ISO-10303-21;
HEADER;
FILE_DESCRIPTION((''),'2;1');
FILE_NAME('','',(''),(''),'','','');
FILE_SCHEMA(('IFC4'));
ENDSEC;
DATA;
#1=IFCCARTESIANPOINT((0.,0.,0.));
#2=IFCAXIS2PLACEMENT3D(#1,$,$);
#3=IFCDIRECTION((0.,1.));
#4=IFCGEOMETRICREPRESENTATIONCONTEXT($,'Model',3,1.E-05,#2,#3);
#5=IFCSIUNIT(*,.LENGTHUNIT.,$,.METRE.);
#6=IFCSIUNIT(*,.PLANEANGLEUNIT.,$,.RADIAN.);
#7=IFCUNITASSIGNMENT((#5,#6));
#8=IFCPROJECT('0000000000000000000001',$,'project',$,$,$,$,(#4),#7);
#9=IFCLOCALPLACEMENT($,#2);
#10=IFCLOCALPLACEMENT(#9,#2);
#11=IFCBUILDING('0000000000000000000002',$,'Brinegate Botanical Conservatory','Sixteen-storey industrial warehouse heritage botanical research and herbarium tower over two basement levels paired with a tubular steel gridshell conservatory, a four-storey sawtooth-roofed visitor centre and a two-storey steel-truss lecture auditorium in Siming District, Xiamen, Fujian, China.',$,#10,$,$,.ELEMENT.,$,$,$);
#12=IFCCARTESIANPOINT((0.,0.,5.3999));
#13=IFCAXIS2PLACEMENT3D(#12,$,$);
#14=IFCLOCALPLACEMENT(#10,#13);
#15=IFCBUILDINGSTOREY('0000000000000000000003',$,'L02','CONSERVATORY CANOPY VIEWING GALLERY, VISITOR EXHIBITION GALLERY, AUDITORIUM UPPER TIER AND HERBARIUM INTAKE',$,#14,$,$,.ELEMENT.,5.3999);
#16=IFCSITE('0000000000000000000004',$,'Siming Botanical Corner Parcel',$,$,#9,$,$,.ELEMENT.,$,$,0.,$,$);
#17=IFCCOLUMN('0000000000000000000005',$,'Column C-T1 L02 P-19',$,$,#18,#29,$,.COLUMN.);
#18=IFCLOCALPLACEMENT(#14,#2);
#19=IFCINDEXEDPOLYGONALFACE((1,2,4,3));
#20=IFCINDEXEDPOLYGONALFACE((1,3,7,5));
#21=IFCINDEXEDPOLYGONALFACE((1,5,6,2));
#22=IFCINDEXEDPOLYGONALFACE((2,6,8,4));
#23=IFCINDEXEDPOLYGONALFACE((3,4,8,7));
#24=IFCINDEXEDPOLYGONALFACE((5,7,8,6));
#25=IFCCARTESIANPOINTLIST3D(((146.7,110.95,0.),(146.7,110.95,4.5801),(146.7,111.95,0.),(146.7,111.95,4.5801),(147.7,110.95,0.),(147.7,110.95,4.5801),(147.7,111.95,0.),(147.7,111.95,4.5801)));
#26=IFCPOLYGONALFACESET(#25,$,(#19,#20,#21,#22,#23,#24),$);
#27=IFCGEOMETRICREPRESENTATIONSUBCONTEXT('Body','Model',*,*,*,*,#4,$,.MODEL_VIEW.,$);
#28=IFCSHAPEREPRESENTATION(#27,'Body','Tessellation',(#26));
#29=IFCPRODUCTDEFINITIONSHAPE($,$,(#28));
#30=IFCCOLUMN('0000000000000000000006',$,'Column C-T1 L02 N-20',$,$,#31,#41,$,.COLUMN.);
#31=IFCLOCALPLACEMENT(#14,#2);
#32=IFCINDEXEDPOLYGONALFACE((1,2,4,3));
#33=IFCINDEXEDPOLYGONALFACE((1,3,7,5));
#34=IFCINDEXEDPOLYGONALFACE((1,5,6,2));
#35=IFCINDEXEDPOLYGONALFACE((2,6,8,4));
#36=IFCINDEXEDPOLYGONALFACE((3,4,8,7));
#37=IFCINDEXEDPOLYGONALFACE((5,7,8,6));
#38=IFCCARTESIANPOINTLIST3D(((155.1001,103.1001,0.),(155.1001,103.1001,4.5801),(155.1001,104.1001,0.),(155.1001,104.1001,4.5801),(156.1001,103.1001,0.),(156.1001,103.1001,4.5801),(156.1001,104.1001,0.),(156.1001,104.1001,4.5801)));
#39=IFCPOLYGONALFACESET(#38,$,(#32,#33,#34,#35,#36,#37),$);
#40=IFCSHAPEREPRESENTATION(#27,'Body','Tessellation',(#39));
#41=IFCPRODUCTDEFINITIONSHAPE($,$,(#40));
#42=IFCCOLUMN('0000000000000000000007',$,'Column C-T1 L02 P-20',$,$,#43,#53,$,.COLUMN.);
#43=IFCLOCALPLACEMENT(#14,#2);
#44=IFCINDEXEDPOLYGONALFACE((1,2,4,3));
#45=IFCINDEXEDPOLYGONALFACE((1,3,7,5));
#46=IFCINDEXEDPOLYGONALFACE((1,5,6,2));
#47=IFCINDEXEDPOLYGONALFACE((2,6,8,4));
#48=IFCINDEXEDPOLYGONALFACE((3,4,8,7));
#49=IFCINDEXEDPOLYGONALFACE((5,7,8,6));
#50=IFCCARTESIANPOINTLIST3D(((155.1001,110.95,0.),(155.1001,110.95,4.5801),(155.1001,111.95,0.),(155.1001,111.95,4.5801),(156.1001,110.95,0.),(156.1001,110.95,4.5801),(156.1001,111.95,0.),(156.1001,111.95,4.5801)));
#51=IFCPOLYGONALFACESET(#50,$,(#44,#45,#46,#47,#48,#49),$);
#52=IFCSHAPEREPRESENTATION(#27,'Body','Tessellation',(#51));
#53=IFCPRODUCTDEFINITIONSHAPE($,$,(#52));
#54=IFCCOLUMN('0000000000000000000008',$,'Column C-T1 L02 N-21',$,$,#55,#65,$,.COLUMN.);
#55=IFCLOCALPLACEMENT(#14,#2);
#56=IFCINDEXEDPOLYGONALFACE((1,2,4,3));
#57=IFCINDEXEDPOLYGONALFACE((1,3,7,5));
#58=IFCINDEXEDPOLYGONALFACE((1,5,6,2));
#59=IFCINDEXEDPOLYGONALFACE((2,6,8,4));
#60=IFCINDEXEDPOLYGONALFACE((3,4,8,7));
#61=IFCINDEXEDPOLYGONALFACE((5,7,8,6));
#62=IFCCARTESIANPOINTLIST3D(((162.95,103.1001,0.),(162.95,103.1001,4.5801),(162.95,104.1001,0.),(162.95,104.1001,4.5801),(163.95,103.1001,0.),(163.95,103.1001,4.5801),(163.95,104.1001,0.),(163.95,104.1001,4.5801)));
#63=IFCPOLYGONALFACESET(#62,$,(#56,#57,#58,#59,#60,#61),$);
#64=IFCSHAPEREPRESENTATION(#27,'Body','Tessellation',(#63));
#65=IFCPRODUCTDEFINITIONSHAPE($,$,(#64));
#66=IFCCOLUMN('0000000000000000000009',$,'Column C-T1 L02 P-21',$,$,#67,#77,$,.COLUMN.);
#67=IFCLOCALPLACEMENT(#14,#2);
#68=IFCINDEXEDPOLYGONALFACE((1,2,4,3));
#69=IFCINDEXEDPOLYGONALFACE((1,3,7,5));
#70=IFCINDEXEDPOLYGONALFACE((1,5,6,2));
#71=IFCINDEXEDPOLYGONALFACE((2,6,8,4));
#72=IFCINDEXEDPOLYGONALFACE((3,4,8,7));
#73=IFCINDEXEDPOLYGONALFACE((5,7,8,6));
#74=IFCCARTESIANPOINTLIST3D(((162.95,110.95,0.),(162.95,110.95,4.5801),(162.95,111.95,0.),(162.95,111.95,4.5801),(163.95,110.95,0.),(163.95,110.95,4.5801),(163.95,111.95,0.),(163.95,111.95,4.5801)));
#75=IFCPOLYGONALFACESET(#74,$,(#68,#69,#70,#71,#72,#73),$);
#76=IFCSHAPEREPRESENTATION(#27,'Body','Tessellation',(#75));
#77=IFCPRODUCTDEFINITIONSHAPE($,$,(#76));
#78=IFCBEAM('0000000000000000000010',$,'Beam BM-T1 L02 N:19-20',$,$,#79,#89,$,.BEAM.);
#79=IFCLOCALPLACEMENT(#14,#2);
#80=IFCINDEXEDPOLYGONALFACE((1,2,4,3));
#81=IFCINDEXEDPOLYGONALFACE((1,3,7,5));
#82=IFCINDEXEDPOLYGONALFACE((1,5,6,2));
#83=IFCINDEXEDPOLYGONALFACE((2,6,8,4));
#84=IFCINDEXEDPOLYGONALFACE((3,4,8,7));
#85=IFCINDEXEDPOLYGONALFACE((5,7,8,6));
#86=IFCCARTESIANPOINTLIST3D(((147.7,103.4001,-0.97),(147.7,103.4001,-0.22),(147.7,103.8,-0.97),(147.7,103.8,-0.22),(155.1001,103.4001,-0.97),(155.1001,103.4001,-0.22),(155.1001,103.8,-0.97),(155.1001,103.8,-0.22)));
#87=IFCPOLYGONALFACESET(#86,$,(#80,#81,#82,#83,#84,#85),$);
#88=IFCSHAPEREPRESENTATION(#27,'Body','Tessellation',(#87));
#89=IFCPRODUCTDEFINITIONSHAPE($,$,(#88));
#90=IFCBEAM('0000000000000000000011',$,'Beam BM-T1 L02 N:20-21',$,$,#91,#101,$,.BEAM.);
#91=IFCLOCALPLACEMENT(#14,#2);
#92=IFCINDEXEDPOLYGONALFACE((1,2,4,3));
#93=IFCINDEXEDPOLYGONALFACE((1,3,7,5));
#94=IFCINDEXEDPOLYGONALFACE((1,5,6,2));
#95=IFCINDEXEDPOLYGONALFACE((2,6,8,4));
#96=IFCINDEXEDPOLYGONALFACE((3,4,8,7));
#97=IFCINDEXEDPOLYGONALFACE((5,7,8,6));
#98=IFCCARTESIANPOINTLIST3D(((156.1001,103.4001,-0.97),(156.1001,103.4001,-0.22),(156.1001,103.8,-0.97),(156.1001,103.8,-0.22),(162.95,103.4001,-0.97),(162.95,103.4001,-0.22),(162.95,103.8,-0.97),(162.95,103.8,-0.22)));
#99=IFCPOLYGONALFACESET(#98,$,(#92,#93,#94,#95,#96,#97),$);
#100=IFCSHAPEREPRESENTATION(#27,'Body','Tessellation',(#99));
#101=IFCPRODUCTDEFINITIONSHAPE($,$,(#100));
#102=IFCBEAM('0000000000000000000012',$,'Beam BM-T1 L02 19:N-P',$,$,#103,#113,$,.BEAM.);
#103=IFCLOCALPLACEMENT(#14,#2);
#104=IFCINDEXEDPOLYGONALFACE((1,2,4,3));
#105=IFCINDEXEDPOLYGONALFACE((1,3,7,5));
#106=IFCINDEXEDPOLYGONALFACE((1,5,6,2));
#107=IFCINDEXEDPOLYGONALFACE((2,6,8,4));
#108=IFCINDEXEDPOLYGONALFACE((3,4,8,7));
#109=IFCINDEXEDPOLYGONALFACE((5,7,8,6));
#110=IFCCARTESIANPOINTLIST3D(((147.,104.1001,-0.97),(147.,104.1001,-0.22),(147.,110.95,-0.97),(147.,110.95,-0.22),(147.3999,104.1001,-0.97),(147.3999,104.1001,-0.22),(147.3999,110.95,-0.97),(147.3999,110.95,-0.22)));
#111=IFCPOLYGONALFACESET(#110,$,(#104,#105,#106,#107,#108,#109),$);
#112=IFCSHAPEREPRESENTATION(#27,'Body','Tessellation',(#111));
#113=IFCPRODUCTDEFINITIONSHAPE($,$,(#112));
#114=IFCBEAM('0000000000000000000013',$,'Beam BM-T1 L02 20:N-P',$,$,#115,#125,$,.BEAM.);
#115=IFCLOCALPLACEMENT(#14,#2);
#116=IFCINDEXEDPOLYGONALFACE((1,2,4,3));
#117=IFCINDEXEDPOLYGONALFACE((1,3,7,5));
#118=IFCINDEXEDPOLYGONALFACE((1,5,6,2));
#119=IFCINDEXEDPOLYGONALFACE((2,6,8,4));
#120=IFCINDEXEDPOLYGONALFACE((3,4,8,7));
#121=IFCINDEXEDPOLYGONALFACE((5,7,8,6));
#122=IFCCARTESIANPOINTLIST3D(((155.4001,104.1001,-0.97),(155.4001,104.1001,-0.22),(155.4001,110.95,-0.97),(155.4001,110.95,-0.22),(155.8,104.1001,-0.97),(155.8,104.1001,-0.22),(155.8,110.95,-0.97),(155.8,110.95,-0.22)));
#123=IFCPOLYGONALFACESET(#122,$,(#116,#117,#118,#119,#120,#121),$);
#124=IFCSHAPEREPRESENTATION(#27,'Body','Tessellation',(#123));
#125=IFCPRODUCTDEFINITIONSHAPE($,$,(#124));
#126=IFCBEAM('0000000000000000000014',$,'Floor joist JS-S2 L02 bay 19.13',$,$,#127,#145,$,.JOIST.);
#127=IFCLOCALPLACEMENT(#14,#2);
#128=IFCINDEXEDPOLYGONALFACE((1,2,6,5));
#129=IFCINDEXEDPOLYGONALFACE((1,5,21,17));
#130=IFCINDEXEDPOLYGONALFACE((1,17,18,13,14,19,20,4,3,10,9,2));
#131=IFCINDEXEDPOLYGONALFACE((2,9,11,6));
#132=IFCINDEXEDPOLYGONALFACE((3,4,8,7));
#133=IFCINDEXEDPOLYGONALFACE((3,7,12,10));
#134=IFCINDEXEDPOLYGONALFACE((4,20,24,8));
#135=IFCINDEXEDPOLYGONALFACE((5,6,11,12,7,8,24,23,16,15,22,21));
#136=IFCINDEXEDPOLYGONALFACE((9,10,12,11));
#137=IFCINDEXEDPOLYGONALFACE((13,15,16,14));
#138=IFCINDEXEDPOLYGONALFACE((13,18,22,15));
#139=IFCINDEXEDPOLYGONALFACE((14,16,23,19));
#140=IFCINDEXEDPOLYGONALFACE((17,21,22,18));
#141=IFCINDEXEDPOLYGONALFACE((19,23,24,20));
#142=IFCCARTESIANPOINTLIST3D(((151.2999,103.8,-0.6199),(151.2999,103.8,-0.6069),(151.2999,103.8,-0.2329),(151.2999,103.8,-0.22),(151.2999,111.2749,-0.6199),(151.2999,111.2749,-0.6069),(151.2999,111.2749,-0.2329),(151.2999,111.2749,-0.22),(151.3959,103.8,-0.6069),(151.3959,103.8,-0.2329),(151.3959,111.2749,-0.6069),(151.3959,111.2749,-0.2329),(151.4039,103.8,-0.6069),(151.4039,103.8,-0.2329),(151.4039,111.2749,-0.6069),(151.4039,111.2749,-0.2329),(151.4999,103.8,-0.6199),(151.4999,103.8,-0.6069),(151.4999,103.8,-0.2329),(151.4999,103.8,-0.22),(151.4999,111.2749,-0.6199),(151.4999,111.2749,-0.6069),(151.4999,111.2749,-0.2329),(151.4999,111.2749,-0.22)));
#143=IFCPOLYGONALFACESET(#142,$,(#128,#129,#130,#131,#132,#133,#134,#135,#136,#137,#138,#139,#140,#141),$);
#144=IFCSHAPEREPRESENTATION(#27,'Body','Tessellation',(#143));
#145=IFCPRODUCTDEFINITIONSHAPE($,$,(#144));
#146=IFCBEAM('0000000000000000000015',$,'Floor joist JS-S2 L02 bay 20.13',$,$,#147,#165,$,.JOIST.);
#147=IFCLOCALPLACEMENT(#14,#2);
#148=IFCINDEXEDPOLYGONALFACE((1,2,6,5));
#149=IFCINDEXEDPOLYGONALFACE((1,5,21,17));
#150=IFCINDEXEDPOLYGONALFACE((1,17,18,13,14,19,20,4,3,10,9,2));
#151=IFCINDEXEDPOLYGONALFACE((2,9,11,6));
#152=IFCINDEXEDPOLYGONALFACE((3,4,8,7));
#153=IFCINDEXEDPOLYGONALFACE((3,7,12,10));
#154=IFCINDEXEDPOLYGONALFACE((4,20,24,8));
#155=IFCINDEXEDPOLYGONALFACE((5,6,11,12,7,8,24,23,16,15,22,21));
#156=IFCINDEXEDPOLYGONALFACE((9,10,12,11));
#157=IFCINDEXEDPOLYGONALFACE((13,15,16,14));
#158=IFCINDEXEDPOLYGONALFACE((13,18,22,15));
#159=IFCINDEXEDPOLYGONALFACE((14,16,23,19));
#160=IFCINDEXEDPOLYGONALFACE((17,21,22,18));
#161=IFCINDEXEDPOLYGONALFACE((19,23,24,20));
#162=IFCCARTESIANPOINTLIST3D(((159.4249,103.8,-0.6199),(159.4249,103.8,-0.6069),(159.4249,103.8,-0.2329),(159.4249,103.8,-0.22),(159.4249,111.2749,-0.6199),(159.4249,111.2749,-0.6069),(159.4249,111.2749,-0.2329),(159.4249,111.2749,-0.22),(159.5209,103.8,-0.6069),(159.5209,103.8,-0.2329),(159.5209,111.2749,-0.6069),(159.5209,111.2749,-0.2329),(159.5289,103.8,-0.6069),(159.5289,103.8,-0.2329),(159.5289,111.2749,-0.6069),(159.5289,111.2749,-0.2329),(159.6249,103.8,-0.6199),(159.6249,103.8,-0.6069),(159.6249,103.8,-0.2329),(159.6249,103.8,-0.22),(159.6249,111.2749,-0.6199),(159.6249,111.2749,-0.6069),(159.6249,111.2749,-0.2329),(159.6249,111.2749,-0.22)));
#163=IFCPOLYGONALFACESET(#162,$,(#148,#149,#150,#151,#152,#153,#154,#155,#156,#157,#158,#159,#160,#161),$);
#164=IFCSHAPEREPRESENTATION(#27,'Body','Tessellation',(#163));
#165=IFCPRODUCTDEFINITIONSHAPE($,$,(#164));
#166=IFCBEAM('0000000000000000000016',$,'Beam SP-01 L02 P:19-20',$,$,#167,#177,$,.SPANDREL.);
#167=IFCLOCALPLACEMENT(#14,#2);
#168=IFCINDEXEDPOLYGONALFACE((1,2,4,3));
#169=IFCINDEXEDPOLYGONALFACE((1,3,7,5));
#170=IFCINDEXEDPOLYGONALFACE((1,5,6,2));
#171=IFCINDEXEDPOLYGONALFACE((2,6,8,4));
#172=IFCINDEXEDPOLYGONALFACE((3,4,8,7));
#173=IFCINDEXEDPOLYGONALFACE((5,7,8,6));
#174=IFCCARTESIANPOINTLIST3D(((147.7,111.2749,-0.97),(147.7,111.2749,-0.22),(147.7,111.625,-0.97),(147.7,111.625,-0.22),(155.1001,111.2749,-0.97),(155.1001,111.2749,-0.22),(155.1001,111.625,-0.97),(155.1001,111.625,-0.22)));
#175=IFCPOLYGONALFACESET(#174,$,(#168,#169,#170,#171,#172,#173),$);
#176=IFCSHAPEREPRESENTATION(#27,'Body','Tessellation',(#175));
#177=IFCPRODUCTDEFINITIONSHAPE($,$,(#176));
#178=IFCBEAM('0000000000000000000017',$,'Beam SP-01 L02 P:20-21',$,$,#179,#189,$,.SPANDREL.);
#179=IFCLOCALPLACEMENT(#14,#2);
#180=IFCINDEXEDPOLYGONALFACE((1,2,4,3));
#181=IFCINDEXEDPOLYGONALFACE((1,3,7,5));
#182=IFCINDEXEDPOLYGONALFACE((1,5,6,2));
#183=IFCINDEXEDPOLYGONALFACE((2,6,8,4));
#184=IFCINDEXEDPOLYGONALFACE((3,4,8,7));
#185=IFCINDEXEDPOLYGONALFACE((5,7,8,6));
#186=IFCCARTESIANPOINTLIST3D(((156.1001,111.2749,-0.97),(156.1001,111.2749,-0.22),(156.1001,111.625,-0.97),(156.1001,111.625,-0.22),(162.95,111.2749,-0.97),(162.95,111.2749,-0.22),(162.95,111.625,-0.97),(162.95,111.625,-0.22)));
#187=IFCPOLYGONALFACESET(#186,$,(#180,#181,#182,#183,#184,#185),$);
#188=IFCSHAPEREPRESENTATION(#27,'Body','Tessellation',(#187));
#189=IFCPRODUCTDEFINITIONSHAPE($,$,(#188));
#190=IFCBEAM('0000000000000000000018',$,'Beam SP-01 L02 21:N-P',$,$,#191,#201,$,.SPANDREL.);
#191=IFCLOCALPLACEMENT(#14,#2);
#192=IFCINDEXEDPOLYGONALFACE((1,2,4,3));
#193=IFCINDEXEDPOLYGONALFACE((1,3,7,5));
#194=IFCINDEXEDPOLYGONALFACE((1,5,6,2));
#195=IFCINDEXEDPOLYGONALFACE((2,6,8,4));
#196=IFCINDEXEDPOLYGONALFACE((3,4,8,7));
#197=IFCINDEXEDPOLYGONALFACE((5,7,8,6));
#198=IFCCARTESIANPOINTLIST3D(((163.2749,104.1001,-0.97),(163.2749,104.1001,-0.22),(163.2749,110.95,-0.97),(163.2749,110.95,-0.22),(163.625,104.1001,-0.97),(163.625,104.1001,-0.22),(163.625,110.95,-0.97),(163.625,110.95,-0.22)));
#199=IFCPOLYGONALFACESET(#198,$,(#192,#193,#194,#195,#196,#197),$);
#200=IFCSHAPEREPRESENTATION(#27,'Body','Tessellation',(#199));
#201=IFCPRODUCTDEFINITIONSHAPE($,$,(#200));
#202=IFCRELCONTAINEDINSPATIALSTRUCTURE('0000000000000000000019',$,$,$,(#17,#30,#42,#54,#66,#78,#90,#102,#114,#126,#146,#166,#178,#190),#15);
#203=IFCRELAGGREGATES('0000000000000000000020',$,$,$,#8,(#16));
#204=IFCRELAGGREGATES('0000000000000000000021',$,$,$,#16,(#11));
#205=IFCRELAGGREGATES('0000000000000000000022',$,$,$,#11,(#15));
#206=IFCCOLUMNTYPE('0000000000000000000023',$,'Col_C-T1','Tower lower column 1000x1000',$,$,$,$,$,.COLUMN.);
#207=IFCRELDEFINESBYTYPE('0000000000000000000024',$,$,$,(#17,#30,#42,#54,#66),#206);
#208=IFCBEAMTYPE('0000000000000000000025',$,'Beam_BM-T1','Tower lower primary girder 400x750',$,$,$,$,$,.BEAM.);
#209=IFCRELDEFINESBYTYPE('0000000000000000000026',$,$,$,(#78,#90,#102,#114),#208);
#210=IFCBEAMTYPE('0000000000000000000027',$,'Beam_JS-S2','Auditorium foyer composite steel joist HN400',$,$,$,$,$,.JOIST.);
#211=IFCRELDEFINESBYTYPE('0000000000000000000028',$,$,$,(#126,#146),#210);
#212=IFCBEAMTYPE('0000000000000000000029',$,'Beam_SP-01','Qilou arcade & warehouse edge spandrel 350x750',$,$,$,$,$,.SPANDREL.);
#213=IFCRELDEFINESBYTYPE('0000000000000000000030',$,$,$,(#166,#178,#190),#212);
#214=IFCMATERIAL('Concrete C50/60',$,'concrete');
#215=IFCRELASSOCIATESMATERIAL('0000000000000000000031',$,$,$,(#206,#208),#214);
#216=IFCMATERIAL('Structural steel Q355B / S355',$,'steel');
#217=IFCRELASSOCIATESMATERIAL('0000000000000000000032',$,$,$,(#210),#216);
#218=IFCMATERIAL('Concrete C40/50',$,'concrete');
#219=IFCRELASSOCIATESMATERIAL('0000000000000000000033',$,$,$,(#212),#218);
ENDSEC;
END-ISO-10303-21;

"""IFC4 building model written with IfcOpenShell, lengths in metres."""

from ifc_helpers import new_model, si_unit, direction, frame, origin, origin_2d, place, context, subcontext, project, spatial, rectangle, i_section, extrude, material, material_profile, profile_set, type_object, element, save


model = new_model("IFC4")

# Units and contexts
model_context = context("Model", 3, precision=1e-05, world=origin(), true_north=direction((0.0, 1.0)))
body_context = subcontext(model_context, "Body", "Model", "MODEL_VIEW")
ifc_project = project(units=[si_unit("LENGTHUNIT", "METRE"), si_unit("PLANEANGLEUNIT", "RADIAN")], contexts=[model_context])

# Site, building, storey
site_placement = place(None, origin())
site = spatial("IfcSite", under=ifc_project, at=site_placement, Name="Siming Botanical Corner Parcel", CompositionType="ELEMENT", RefElevation=0.0)
building_placement = place(site_placement, origin())
building = spatial("IfcBuilding", under=site, at=building_placement, Name="Brinegate Botanical Conservatory", Description="Sixteen-storey industrial warehouse heritage botanical research and herbarium tower over two basement levels paired with a tubular steel gridshell conservatory, a four-storey sawtooth-roofed visitor centre and a two-storey steel-truss lecture auditorium in Siming District, Xiamen, Fujian, China.", CompositionType="ELEMENT")
storey_placement = place(building_placement, frame((0.0, 0.0, 5.3999)))
storey = spatial("IfcBuildingStorey", under=building, at=storey_placement, Name="L02", Description="CONSERVATORY CANOPY VIEWING GALLERY, VISITOR EXHIBITION GALLERY, AUDITORIUM UPPER TIER AND HERBARIUM INTAKE", CompositionType="ELEMENT", Elevation=5.3999)

# Columns
ifc_material_1 = material(Name="Concrete C50/60", Category="concrete")
ifc_material_profile_1 = material_profile(ifc_material_1, rectangle(XDim=1.0, YDim=1.0, at=origin_2d()), Name="RC COL 1000x1000")
ifc_profile_set_1 = profile_set([ifc_material_profile_1], Name="Concrete C50/60")
column_type = type_object("IfcColumnType", Name="Col_C-T1", Description="Tower lower column 1000x1000", PredefinedType="COLUMN", material=ifc_profile_set_1)
for number, where, z_axis, x_axis, name in (
    (1, (147.2, 111.45, 0.0), (0.0, 0.0, 1.0), (1.0, 0.0, 0.0), "Column C-T1 L02 P-19"),
    (2, (155.6001, 103.6001, 0.0), (0.0, 0.0, 1.0), (1.0, 0.0, 0.0), "Column C-T1 L02 N-20"),
    (3, (155.6001, 111.45, 0.0), (0.0, 0.0, 1.0), (1.0, 0.0, 0.0), "Column C-T1 L02 P-20"),
    (4, (163.45, 103.6001, 0.0), (0.0, 0.0, 1.0), (1.0, 0.0, 0.0), "Column C-T1 L02 N-21"),
    (5, (163.45, 111.45, 0.0), (0.0, 0.0, 1.0), (1.0, 0.0, 0.0), "Column C-T1 L02 P-21"),
):
    element("IfcColumn", number, at=place(storey_placement, frame(where, z_axis=z_axis, x_axis=x_axis)), inside=storey, type_object=column_type, Name=name, PredefinedType="COLUMN", context=body_context, shape_type="SweptSolid", body=[
        extrude(rectangle(XDim=1.0, YDim=1.0, at=origin_2d()), origin(), (0.0, 0.0, 1.0), 4.5801),
    ])

# Beams
ifc_material_profile_2 = material_profile(ifc_material_1, rectangle(XDim=0.3999, YDim=0.75, at=origin_2d()), Name="RC BM 400x750")
ifc_profile_set_2 = profile_set([ifc_material_profile_2], Name="Concrete C50/60")
beam_type_1 = type_object("IfcBeamType", Name="Beam_BM-T1", Description="Tower lower primary girder 400x750", PredefinedType="BEAM", material=ifc_profile_set_2)
beam_1_placement = place(storey_placement, frame((147.7, 103.6001, -0.595), z_axis=(1.0, 0.0, 0.0), x_axis=(0.0, 1.0, 0.0)))
element("IfcBeam", 6, at=beam_1_placement, inside=storey, type_object=beam_type_1, Name="Beam BM-T1 L02 N:19-20", PredefinedType="BEAM", context=body_context, shape_type="SweptSolid", body=[
    extrude(rectangle(XDim=0.3999, YDim=0.75, at=origin_2d()), origin(), (0.0, 0.0, 1.0), 7.4001),
])
for number, where, z_axis, x_axis, name in (
    (7, (156.1001, 103.6001, -0.595), (1.0, 0.0, 0.0), (0.0, 1.0, 0.0), "Beam BM-T1 L02 N:20-21"),
    (8, (147.2, 104.1001, -0.595), (0.0, 1.0, 0.0), (-1.0, 0.0, 0.0), "Beam BM-T1 L02 19:N-P"),
    (9, (155.6001, 104.1001, -0.595), (0.0, 1.0, 0.0), (-1.0, 0.0, 0.0), "Beam BM-T1 L02 20:N-P"),
):
    element("IfcBeam", number, at=place(storey_placement, frame(where, z_axis=z_axis, x_axis=x_axis)), inside=storey, type_object=beam_type_1, Name=name, PredefinedType="BEAM", context=body_context, shape_type="SweptSolid", body=[
        extrude(rectangle(XDim=0.3999, YDim=0.75, at=origin_2d()), origin(), (0.0, 0.0, 1.0), 6.8499),
    ])
ifc_material_2 = material(Name="Structural steel Q355B / S355", Category="steel")
ifc_material_profile_3 = material_profile(ifc_material_2, i_section(OverallWidth=0.2, OverallDepth=0.3999, WebThickness=0.0081, FlangeThickness=0.0129, at=origin_2d()), Name="HN 400x200x8x13")
ifc_profile_set_3 = profile_set([ifc_material_profile_3], Name="Structural steel Q355B / S355")
beam_type_2 = type_object("IfcBeamType", Name="Beam_JS-S2", Description="Auditorium foyer composite steel joist HN400", PredefinedType="JOIST", material=ifc_profile_set_3)
for number, where, z_axis, x_axis, name in (
    (10, (151.3999, 103.8, -0.4199), (0.0, 1.0, 0.0), (-1.0, 0.0, 0.0), "Floor joist JS-S2 L02 bay 19.13"),
    (11, (159.5249, 103.8, -0.4199), (0.0, 1.0, 0.0), (-1.0, 0.0, 0.0), "Floor joist JS-S2 L02 bay 20.13"),
):
    element("IfcBeam", number, at=place(storey_placement, frame(where, z_axis=z_axis, x_axis=x_axis)), inside=storey, type_object=beam_type_2, Name=name, PredefinedType="JOIST", context=body_context, shape_type="SweptSolid", body=[
        extrude(i_section(OverallWidth=0.2, OverallDepth=0.3999, WebThickness=0.0081, FlangeThickness=0.0129, at=origin_2d()), origin(), (0.0, 0.0, 1.0), 7.4749),
    ])
ifc_material_3 = material(Name="Concrete C40/50", Category="concrete")
ifc_material_profile_4 = material_profile(ifc_material_3, rectangle(XDim=0.3501, YDim=0.75, at=origin_2d()), Name="RC SPN 350x750")
ifc_profile_set_4 = profile_set([ifc_material_profile_4], Name="Concrete C40/50")
beam_type_3 = type_object("IfcBeamType", Name="Beam_SP-01", Description="Qilou arcade & warehouse edge spandrel 350x750", PredefinedType="SPANDREL", material=ifc_profile_set_4)
beam_2_placement = place(storey_placement, frame((147.7, 111.45, -0.595), z_axis=(1.0, 0.0, 0.0), x_axis=(0.0, 1.0, 0.0)))
element("IfcBeam", 12, at=beam_2_placement, inside=storey, type_object=beam_type_3, Name="Beam SP-01 L02 P:19-20", PredefinedType="SPANDREL", context=body_context, shape_type="SweptSolid", body=[
    extrude(rectangle(XDim=0.3501, YDim=0.75, at=origin_2d()), origin(), (0.0, 0.0, 1.0), 7.4001),
])
for number, where, z_axis, x_axis, name in (
    (13, (156.1001, 111.45, -0.595), (1.0, 0.0, 0.0), (0.0, 1.0, 0.0), "Beam SP-01 L02 P:20-21"),
    (14, (163.45, 104.1001, -0.595), (0.0, 1.0, 0.0), (-1.0, 0.0, 0.0), "Beam SP-01 L02 21:N-P"),
):
    element("IfcBeam", number, at=place(storey_placement, frame(where, z_axis=z_axis, x_axis=x_axis)), inside=storey, type_object=beam_type_3, Name=name, PredefinedType="SPANDREL", context=body_context, shape_type="SweptSolid", body=[
        extrude(rectangle(XDim=0.3501, YDim=0.75, at=origin_2d()), origin(), (0.0, 0.0, 1.0), 6.8499),
    ])

save(model, "model.ifc")
